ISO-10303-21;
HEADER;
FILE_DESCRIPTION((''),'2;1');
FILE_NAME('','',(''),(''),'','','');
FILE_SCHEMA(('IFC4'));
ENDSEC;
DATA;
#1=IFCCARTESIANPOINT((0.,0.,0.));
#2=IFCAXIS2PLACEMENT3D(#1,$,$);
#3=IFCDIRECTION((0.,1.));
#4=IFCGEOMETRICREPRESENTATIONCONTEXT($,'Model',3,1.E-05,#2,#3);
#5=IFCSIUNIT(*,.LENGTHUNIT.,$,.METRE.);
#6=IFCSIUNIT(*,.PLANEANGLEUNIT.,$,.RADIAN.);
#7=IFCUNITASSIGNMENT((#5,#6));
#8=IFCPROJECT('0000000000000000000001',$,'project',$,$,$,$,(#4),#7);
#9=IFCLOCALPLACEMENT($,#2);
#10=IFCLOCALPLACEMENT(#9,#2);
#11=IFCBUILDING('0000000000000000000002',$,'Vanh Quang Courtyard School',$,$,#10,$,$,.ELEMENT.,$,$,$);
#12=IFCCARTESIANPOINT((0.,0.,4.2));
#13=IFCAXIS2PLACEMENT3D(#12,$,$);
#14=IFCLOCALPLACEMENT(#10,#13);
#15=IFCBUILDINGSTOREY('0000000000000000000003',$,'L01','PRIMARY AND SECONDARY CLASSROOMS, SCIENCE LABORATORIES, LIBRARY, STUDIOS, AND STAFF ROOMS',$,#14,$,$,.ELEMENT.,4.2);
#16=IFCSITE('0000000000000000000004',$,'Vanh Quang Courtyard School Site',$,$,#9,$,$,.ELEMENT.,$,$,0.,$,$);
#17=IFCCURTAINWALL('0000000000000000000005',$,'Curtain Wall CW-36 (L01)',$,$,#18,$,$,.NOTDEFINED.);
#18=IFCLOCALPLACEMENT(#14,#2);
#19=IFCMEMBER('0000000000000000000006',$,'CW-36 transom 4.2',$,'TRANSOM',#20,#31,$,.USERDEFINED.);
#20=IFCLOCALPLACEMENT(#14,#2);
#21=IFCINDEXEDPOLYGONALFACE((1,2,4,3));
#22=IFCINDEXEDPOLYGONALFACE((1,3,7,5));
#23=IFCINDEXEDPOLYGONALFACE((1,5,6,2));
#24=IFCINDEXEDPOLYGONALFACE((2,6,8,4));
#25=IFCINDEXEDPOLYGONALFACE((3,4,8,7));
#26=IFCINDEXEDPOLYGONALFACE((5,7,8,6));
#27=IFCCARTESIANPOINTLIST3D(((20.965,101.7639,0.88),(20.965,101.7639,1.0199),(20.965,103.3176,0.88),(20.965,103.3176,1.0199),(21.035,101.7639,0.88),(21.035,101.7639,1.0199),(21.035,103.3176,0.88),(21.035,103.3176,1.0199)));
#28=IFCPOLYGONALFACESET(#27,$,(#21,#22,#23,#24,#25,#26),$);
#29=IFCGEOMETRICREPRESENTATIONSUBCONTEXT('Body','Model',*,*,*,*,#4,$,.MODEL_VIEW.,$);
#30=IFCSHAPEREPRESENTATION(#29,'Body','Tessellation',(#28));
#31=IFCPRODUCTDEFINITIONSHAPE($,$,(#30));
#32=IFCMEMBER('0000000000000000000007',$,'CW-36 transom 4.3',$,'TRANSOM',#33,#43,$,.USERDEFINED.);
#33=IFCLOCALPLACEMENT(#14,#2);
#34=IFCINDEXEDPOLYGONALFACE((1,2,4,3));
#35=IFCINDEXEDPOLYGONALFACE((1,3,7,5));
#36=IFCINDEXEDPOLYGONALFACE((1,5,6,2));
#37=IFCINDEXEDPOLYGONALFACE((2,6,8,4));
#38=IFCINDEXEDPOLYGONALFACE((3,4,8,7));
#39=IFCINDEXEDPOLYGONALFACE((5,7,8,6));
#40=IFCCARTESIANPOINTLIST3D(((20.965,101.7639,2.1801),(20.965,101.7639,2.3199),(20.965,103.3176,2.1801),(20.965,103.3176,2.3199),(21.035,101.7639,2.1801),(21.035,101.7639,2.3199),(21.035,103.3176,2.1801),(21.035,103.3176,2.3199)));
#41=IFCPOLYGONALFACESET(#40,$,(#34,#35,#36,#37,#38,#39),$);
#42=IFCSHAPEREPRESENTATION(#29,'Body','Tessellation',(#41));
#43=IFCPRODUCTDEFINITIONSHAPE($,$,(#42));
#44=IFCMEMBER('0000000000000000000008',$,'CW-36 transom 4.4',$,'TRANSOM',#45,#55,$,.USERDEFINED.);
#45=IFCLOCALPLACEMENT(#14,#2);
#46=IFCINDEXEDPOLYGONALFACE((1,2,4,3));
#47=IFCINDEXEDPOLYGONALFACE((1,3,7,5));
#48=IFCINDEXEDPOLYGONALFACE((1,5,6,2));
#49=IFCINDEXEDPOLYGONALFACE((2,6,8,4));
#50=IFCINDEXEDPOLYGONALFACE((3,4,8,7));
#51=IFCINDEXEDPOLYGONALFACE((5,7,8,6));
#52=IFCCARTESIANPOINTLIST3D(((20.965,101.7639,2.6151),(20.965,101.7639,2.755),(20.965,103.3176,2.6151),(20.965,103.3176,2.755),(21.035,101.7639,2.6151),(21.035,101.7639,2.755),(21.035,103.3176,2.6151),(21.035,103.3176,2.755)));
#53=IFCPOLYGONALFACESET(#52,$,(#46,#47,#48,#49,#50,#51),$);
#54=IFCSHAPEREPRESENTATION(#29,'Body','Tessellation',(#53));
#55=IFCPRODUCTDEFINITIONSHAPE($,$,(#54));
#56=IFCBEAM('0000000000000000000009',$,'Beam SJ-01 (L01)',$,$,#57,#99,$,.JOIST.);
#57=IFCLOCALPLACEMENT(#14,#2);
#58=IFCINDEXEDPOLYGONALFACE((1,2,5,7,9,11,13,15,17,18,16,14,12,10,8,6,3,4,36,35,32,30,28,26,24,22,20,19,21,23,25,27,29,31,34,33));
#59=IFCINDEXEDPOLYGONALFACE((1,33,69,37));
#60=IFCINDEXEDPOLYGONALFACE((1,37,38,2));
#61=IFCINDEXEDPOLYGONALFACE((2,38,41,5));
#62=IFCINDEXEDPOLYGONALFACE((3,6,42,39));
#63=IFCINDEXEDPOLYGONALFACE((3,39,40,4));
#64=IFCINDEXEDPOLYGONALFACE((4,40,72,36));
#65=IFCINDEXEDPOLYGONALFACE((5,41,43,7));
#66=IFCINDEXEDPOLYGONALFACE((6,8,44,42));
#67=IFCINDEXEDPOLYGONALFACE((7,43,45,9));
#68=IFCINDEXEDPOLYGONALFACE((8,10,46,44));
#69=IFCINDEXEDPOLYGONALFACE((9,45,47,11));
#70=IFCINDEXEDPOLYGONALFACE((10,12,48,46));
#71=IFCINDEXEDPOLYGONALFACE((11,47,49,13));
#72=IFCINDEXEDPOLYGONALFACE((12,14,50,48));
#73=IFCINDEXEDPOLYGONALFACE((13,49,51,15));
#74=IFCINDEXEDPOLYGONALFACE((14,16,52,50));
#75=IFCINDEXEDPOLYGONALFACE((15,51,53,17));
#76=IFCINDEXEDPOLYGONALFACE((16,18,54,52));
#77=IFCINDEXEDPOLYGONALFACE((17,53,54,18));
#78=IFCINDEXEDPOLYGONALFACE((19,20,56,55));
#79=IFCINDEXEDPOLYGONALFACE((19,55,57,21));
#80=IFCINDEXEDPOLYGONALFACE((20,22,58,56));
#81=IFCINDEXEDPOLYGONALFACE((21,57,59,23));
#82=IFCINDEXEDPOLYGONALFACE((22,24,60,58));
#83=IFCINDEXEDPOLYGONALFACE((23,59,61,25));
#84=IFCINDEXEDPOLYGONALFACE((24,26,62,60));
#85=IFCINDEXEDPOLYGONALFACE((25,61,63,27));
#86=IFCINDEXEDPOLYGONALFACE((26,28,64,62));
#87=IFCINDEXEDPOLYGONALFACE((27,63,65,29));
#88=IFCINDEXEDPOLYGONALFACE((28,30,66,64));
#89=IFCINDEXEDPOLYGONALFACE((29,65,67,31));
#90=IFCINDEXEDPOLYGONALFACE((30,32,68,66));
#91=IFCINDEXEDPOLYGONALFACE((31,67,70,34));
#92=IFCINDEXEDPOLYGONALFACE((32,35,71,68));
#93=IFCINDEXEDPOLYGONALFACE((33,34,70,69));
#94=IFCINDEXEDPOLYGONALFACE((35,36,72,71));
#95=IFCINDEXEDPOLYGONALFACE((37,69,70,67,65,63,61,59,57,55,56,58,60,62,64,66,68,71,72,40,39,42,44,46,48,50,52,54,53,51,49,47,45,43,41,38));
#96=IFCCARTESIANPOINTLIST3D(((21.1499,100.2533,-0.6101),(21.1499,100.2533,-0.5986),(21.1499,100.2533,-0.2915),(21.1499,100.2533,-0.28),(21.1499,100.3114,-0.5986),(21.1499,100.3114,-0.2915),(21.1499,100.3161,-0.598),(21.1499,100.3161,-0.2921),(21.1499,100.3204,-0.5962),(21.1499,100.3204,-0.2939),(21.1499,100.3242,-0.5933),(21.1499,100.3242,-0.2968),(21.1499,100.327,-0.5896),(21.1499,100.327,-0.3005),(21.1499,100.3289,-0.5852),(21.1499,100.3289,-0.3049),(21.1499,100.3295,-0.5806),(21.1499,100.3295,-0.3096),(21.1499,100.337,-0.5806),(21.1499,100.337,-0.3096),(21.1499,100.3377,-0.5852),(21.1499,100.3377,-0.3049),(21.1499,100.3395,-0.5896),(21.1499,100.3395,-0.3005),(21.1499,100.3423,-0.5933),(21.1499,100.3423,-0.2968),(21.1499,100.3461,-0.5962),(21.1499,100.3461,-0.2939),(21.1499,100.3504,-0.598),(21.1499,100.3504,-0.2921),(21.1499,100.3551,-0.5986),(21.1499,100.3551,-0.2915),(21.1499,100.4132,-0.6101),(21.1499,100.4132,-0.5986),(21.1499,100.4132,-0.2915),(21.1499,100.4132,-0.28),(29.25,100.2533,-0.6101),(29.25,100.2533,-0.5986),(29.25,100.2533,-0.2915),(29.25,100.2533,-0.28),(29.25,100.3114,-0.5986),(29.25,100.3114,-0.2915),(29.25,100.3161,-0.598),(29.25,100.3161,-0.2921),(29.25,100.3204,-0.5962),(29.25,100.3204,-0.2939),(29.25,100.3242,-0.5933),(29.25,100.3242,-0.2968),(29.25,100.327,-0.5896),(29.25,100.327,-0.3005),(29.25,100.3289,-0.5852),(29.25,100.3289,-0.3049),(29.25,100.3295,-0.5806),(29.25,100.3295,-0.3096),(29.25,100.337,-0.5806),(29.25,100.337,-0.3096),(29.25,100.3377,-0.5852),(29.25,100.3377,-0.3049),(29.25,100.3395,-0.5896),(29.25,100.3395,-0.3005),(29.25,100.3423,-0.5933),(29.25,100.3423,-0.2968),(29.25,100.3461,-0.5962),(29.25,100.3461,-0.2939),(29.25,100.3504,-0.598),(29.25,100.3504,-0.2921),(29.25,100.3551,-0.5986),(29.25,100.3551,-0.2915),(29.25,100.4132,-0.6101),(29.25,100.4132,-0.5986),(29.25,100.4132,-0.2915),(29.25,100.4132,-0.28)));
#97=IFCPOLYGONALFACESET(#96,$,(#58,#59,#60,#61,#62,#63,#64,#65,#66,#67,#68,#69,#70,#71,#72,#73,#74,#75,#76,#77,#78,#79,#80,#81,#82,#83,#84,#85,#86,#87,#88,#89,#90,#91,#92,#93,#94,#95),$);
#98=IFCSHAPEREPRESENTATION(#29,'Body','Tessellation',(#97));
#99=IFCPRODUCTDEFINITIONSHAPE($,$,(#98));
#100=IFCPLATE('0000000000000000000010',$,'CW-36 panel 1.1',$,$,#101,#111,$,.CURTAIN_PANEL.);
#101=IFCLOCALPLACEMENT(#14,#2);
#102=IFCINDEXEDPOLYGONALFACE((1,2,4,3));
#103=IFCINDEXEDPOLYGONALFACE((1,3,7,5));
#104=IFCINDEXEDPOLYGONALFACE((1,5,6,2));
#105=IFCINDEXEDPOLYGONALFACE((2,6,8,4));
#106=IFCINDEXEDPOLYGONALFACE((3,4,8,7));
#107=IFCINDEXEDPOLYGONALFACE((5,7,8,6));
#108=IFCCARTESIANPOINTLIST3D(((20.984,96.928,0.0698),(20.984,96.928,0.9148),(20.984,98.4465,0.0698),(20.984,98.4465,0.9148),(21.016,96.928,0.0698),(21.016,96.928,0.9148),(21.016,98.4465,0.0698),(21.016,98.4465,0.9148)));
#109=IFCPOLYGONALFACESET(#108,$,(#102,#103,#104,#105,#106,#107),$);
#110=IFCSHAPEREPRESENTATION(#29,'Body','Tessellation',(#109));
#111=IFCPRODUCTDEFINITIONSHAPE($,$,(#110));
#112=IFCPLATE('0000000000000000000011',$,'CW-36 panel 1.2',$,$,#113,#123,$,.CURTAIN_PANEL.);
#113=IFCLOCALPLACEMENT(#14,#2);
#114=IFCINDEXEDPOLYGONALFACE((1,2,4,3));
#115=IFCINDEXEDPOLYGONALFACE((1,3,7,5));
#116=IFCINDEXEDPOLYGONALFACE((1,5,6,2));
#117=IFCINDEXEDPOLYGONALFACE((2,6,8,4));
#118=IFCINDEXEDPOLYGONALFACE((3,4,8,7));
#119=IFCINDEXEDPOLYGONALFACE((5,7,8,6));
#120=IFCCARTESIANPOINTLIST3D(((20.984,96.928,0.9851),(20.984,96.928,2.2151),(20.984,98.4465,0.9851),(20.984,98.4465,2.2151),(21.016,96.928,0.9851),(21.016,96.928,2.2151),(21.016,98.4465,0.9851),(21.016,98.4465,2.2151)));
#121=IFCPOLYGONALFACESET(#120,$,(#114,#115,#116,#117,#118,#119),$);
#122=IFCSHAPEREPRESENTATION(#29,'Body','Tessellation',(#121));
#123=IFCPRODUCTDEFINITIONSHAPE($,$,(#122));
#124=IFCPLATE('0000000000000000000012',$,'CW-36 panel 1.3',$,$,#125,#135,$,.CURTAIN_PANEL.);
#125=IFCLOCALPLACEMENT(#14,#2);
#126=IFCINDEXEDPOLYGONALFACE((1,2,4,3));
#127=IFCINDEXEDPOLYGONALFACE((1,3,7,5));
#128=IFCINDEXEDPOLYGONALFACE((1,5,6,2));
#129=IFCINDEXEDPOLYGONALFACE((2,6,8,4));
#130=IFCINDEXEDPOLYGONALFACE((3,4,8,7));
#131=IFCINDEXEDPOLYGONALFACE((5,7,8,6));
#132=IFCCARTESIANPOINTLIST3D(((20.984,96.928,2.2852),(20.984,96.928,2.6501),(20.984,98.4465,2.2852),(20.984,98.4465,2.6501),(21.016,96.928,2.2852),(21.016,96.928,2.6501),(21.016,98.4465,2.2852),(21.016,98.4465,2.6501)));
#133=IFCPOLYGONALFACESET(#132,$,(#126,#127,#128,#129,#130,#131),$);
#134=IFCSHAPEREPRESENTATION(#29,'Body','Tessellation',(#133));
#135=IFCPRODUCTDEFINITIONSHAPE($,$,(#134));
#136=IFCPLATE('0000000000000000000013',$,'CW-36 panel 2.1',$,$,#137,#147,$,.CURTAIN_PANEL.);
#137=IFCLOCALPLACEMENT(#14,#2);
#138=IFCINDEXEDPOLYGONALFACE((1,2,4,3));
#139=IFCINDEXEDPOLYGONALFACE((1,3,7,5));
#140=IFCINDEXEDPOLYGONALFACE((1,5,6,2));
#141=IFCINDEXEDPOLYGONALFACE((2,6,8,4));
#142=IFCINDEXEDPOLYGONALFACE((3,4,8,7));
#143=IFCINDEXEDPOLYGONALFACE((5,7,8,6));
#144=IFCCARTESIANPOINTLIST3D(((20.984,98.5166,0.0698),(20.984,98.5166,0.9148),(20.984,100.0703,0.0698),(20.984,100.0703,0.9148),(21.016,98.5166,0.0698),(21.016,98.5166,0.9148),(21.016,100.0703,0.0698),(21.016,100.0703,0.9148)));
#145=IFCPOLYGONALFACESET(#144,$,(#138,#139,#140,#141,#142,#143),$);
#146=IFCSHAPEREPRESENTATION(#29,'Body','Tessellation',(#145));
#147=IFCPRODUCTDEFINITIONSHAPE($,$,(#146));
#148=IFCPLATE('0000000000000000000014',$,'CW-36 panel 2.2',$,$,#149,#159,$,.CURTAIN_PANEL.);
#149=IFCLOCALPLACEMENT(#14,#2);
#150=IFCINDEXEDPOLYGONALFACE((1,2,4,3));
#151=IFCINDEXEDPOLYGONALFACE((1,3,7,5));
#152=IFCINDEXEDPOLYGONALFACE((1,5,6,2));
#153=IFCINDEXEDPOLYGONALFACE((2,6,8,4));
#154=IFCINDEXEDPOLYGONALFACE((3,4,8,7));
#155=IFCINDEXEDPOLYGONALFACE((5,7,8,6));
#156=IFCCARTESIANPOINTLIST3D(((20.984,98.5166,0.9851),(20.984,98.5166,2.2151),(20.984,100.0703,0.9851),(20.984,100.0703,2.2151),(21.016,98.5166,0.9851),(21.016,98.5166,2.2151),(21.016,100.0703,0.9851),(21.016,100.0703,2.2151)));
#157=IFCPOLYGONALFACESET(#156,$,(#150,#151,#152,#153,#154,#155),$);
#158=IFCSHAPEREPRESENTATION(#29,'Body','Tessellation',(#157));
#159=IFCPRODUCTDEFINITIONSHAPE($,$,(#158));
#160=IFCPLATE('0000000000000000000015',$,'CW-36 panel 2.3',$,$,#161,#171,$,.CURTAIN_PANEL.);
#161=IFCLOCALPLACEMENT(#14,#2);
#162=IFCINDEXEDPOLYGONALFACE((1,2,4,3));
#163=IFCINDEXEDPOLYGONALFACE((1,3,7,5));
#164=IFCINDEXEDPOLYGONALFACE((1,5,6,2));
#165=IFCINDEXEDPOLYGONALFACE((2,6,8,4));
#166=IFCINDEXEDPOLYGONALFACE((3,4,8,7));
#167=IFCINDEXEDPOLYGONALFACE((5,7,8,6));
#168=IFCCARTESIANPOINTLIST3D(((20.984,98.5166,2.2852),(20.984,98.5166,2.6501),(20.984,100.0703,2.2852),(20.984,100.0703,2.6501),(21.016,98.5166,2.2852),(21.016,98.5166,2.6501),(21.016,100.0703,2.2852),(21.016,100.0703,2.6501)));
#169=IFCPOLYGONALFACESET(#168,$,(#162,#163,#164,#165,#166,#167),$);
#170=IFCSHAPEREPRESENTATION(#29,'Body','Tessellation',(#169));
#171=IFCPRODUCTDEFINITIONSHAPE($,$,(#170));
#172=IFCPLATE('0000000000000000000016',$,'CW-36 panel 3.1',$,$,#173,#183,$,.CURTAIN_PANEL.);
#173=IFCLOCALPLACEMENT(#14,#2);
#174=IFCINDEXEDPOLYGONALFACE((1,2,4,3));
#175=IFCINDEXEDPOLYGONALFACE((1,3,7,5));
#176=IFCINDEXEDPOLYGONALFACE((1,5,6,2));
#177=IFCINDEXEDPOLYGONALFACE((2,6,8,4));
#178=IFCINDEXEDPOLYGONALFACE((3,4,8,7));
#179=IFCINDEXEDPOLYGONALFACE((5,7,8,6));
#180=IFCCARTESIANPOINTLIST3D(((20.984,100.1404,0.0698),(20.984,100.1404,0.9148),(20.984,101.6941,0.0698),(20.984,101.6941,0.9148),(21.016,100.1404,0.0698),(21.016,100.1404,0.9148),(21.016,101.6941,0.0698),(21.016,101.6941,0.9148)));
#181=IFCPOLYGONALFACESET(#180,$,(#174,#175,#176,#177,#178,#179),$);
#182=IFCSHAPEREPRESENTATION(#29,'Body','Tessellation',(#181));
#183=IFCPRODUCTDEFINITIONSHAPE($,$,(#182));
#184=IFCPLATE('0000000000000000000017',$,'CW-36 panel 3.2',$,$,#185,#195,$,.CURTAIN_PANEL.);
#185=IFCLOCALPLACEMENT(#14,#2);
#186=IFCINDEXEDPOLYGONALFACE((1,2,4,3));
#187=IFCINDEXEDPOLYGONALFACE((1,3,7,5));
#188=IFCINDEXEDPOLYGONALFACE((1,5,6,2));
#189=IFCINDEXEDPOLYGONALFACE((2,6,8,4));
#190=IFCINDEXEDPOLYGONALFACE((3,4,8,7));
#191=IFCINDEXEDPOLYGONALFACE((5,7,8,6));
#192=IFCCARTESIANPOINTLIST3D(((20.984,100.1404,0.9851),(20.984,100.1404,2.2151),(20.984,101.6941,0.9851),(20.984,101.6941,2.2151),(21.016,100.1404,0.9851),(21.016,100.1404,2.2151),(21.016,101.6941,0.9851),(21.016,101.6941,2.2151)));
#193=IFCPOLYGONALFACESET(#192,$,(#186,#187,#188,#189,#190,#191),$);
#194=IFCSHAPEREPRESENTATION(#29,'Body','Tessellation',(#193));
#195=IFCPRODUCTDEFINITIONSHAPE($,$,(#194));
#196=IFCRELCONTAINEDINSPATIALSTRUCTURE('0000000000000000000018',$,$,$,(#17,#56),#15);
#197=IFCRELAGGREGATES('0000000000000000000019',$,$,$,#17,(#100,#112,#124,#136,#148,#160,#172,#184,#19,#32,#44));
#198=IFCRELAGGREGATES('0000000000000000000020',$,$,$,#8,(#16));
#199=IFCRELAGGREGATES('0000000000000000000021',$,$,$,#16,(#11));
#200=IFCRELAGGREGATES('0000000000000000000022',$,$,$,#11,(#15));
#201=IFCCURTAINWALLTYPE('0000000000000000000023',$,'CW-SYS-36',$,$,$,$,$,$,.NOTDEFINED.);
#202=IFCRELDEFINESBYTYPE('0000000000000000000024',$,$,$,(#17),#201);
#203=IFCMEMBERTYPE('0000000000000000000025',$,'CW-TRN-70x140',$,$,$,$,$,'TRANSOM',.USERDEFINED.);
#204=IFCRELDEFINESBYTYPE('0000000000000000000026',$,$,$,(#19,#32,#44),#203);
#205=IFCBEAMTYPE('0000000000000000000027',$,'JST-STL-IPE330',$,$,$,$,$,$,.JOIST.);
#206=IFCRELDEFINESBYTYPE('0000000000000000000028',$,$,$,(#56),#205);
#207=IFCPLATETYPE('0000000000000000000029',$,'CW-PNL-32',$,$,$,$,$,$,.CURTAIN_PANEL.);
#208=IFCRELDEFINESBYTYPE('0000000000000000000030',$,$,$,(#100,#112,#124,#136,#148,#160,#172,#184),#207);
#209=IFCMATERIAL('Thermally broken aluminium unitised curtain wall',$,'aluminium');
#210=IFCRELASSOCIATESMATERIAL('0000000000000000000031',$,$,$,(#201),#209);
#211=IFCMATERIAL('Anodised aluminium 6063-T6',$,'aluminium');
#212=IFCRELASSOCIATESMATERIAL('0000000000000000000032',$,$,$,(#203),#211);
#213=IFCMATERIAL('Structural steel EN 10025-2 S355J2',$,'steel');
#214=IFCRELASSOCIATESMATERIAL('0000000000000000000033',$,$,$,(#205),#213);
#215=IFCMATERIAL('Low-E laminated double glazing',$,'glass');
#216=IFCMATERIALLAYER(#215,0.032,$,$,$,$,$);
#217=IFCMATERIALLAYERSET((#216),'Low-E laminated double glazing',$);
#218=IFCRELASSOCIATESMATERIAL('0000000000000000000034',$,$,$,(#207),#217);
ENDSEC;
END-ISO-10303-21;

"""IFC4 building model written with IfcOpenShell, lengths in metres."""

from ifc_helpers import new_model, si_unit, direction, frame, origin, origin_2d, place, context, subcontext, project, spatial, rectangle, i_section, extrude, material, layer, layer_set, material_profile, profile_set, type_object, element, aggregate, save


model = new_model("IFC4")

# Units and contexts
model_context = context("Model", 3, precision=1e-05, world=origin(), true_north=direction((0.0, 1.0)))
body_context = subcontext(model_context, "Body", "Model", "MODEL_VIEW")
ifc_project = project(units=[si_unit("LENGTHUNIT", "METRE"), si_unit("PLANEANGLEUNIT", "RADIAN")], contexts=[model_context])

# Site, building, storey
site_placement = place(None, origin())
site = spatial("IfcSite", under=ifc_project, at=site_placement, Name="Vanh Quang Courtyard School Site", CompositionType="ELEMENT", RefElevation=0.0)
building_placement = place(site_placement, origin())
building = spatial("IfcBuilding", under=site, at=building_placement, Name="Vanh Quang Courtyard School", CompositionType="ELEMENT")
storey_placement = place(building_placement, frame((0.0, 0.0, 4.2)))
storey = spatial("IfcBuildingStorey", under=building, at=storey_placement, Name="L01", Description="PRIMARY AND SECONDARY CLASSROOMS, SCIENCE LABORATORIES, LIBRARY, STUDIOS, AND STAFF ROOMS", CompositionType="ELEMENT", Elevation=4.2)

# Curtain wall, members
ifc_material_1 = material(Name="Thermally broken aluminium unitised curtain wall", Category="aluminium")
curtain_wall_type = type_object("IfcCurtainWallType", Name="CW-SYS-36", PredefinedType="NOTDEFINED", material=ifc_material_1)
curtain_wall_placement = place(storey_placement, origin())
curtain_wall = element("IfcCurtainWall", 1, at=curtain_wall_placement, inside=storey, type_object=curtain_wall_type, Name="Curtain Wall CW-36 (L01)", PredefinedType="NOTDEFINED")
ifc_material_2 = material(Name="Anodised aluminium 6063-T6", Category="aluminium")
ifc_material_profile_1 = material_profile(ifc_material_2, rectangle(XDim=0.0701, YDim=0.1399, at=origin_2d()), Name="ALU-TRN 70x140")
ifc_profile_set_1 = profile_set([ifc_material_profile_1], Name="Anodised aluminium 6063-T6")
member_type_1 = type_object("IfcMemberType", Name="CW-TRN-70x140", ElementType="TRANSOM", PredefinedType="USERDEFINED", material=ifc_profile_set_1)
member_1_placement = place(storey_placement, frame((21.0, 101.7639, 0.95), z_axis=(0.0, 1.0, 0.0), x_axis=(-1.0, 0.0, 0.0)))
member_1 = element("IfcMember", 2, at=member_1_placement, type_object=member_type_1, Name="CW-36 transom 4.2", ObjectType="TRANSOM", PredefinedType="USERDEFINED", context=body_context, shape_type="SweptSolid", body=[
    extrude(rectangle(XDim=0.0701, YDim=0.1399, at=origin_2d()), origin(), (0.0, 0.0, 1.0), 1.5537),
])
member_2_placement = place(storey_placement, frame((21.0, 101.7639, 2.25), z_axis=(0.0, 1.0, 0.0), x_axis=(-1.0, 0.0, 0.0)))
member_2 = element("IfcMember", 3, at=member_2_placement, type_object=member_type_1, Name="CW-36 transom 4.3", ObjectType="TRANSOM", PredefinedType="USERDEFINED", context=body_context, shape_type="SweptSolid", body=[
    extrude(rectangle(XDim=0.0701, YDim=0.1399, at=origin_2d()), origin(), (0.0, 0.0, 1.0), 1.5537),
])
member_3_placement = place(storey_placement, frame((21.0, 101.7639, 2.6851), z_axis=(0.0, 1.0, 0.0), x_axis=(-1.0, 0.0, 0.0)))
member_3 = element("IfcMember", 4, at=member_3_placement, type_object=member_type_1, Name="CW-36 transom 4.4", ObjectType="TRANSOM", PredefinedType="USERDEFINED", context=body_context, shape_type="SweptSolid", body=[
    extrude(rectangle(XDim=0.0701, YDim=0.1399, at=origin_2d()), origin(), (0.0, 0.0, 1.0), 1.5537),
])

# Beam
ifc_material_3 = material(Name="Structural steel EN 10025-2 S355J2", Category="steel")
ifc_material_profile_2 = material_profile(ifc_material_3, i_section(OverallWidth=0.1599, OverallDepth=0.3301, WebThickness=0.0076, FlangeThickness=0.0115, FilletRadius=0.0181, at=origin_2d()), Name="IPE 330")
ifc_profile_set_2 = profile_set([ifc_material_profile_2], Name="Structural steel EN 10025-2 S355J2")
beam_type = type_object("IfcBeamType", Name="JST-STL-IPE330", PredefinedType="JOIST", material=ifc_profile_set_2)
beam_placement = place(storey_placement, frame((21.1499, 100.3333, -0.4451), z_axis=(1.0, 0.0, 0.0), x_axis=(0.0, 1.0, 0.0)))
element("IfcBeam", 5, at=beam_placement, inside=storey, type_object=beam_type, Name="Beam SJ-01 (L01)", PredefinedType="JOIST", context=body_context, shape_type="SweptSolid", body=[
    extrude(i_section(OverallWidth=0.1599, OverallDepth=0.3301, WebThickness=0.0076, FlangeThickness=0.0115, FilletRadius=0.0181, at=origin_2d()), origin(), (0.0, 0.0, 1.0), 8.1001),
])

# Plates
ifc_material_4 = material(Name="Low-E laminated double glazing", Category="glass")
ifc_layer = layer(ifc_material_4, 0.032)
ifc_layer_set = layer_set([ifc_layer], Name="Low-E laminated double glazing")
plate_type = type_object("IfcPlateType", Name="CW-PNL-32", PredefinedType="CURTAIN_PANEL", material=ifc_layer_set)
plate_1_placement = place(storey_placement, frame((21.0, 97.6873, 0.0698), z_axis=(0.0, 0.0, 1.0), x_axis=(0.0, 1.0, 0.0)))
plate_1 = element("IfcPlate", 6, at=plate_1_placement, type_object=plate_type, Name="CW-36 panel 1.1", PredefinedType="CURTAIN_PANEL", context=body_context, shape_type="SweptSolid", body=[
    extrude(rectangle(XDim=1.5186, YDim=0.032, at=origin_2d()), origin(), (0.0, 0.0, 1.0), 0.845),
])
plate_2_placement = place(storey_placement, frame((21.0, 97.6873, 0.9851), z_axis=(0.0, 0.0, 1.0), x_axis=(0.0, 1.0, 0.0)))
plate_2 = element("IfcPlate", 7, at=plate_2_placement, type_object=plate_type, Name="CW-36 panel 1.2", PredefinedType="CURTAIN_PANEL", context=body_context, shape_type="SweptSolid", body=[
    extrude(rectangle(XDim=1.5186, YDim=0.032, at=origin_2d()), origin(), (0.0, 0.0, 1.0), 1.23),
])
plate_3_placement = place(storey_placement, frame((21.0, 97.6873, 2.2852), z_axis=(0.0, 0.0, 1.0), x_axis=(0.0, 1.0, 0.0)))
plate_3 = element("IfcPlate", 8, at=plate_3_placement, type_object=plate_type, Name="CW-36 panel 1.3", PredefinedType="CURTAIN_PANEL", context=body_context, shape_type="SweptSolid", body=[
    extrude(rectangle(XDim=1.5186, YDim=0.032, at=origin_2d()), origin(), (0.0, 0.0, 1.0), 0.365),
])
plate_4_placement = place(storey_placement, frame((21.0, 99.2935, 0.0698), z_axis=(0.0, 0.0, 1.0), x_axis=(0.0, 1.0, 0.0)))
plate_4 = element("IfcPlate", 9, at=plate_4_placement, type_object=plate_type, Name="CW-36 panel 2.1", PredefinedType="CURTAIN_PANEL", context=body_context, shape_type="SweptSolid", body=[
    extrude(rectangle(XDim=1.5537, YDim=0.032, at=origin_2d()), origin(), (0.0, 0.0, 1.0), 0.845),
])
plate_5_placement = place(storey_placement, frame((21.0, 99.2935, 0.9851), z_axis=(0.0, 0.0, 1.0), x_axis=(0.0, 1.0, 0.0)))
plate_5 = element("IfcPlate", 10, at=plate_5_placement, type_object=plate_type, Name="CW-36 panel 2.2", PredefinedType="CURTAIN_PANEL", context=body_context, shape_type="SweptSolid", body=[
    extrude(rectangle(XDim=1.5537, YDim=0.032, at=origin_2d()), origin(), (0.0, 0.0, 1.0), 1.23),
])
plate_6_placement = place(storey_placement, frame((21.0, 99.2935, 2.2852), z_axis=(0.0, 0.0, 1.0), x_axis=(0.0, 1.0, 0.0)))
plate_6 = element("IfcPlate", 11, at=plate_6_placement, type_object=plate_type, Name="CW-36 panel 2.3", PredefinedType="CURTAIN_PANEL", context=body_context, shape_type="SweptSolid", body=[
    extrude(rectangle(XDim=1.5537, YDim=0.032, at=origin_2d()), origin(), (0.0, 0.0, 1.0), 0.365),
])
plate_7_placement = place(storey_placement, frame((21.0, 100.9172, 0.0698), z_axis=(0.0, 0.0, 1.0), x_axis=(0.0, 1.0, 0.0)))
plate_7 = element("IfcPlate", 12, at=plate_7_placement, type_object=plate_type, Name="CW-36 panel 3.1", PredefinedType="CURTAIN_PANEL", context=body_context, shape_type="SweptSolid", body=[
    extrude(rectangle(XDim=1.5537, YDim=0.032, at=origin_2d()), origin(), (0.0, 0.0, 1.0), 0.845),
])
plate_8_placement = place(storey_placement, frame((21.0, 100.9172, 0.9851), z_axis=(0.0, 0.0, 1.0), x_axis=(0.0, 1.0, 0.0)))
plate_8 = element("IfcPlate", 13, at=plate_8_placement, type_object=plate_type, Name="CW-36 panel 3.2", PredefinedType="CURTAIN_PANEL", context=body_context, shape_type="SweptSolid", body=[
    extrude(rectangle(XDim=1.5537, YDim=0.032, at=origin_2d()), origin(), (0.0, 0.0, 1.0), 1.23),
])
aggregate(curtain_wall, [plate_1, plate_2, plate_3, plate_4, plate_5, plate_6, plate_7, plate_8, member_1, member_2, member_3])

save(model, "model.ifc")
